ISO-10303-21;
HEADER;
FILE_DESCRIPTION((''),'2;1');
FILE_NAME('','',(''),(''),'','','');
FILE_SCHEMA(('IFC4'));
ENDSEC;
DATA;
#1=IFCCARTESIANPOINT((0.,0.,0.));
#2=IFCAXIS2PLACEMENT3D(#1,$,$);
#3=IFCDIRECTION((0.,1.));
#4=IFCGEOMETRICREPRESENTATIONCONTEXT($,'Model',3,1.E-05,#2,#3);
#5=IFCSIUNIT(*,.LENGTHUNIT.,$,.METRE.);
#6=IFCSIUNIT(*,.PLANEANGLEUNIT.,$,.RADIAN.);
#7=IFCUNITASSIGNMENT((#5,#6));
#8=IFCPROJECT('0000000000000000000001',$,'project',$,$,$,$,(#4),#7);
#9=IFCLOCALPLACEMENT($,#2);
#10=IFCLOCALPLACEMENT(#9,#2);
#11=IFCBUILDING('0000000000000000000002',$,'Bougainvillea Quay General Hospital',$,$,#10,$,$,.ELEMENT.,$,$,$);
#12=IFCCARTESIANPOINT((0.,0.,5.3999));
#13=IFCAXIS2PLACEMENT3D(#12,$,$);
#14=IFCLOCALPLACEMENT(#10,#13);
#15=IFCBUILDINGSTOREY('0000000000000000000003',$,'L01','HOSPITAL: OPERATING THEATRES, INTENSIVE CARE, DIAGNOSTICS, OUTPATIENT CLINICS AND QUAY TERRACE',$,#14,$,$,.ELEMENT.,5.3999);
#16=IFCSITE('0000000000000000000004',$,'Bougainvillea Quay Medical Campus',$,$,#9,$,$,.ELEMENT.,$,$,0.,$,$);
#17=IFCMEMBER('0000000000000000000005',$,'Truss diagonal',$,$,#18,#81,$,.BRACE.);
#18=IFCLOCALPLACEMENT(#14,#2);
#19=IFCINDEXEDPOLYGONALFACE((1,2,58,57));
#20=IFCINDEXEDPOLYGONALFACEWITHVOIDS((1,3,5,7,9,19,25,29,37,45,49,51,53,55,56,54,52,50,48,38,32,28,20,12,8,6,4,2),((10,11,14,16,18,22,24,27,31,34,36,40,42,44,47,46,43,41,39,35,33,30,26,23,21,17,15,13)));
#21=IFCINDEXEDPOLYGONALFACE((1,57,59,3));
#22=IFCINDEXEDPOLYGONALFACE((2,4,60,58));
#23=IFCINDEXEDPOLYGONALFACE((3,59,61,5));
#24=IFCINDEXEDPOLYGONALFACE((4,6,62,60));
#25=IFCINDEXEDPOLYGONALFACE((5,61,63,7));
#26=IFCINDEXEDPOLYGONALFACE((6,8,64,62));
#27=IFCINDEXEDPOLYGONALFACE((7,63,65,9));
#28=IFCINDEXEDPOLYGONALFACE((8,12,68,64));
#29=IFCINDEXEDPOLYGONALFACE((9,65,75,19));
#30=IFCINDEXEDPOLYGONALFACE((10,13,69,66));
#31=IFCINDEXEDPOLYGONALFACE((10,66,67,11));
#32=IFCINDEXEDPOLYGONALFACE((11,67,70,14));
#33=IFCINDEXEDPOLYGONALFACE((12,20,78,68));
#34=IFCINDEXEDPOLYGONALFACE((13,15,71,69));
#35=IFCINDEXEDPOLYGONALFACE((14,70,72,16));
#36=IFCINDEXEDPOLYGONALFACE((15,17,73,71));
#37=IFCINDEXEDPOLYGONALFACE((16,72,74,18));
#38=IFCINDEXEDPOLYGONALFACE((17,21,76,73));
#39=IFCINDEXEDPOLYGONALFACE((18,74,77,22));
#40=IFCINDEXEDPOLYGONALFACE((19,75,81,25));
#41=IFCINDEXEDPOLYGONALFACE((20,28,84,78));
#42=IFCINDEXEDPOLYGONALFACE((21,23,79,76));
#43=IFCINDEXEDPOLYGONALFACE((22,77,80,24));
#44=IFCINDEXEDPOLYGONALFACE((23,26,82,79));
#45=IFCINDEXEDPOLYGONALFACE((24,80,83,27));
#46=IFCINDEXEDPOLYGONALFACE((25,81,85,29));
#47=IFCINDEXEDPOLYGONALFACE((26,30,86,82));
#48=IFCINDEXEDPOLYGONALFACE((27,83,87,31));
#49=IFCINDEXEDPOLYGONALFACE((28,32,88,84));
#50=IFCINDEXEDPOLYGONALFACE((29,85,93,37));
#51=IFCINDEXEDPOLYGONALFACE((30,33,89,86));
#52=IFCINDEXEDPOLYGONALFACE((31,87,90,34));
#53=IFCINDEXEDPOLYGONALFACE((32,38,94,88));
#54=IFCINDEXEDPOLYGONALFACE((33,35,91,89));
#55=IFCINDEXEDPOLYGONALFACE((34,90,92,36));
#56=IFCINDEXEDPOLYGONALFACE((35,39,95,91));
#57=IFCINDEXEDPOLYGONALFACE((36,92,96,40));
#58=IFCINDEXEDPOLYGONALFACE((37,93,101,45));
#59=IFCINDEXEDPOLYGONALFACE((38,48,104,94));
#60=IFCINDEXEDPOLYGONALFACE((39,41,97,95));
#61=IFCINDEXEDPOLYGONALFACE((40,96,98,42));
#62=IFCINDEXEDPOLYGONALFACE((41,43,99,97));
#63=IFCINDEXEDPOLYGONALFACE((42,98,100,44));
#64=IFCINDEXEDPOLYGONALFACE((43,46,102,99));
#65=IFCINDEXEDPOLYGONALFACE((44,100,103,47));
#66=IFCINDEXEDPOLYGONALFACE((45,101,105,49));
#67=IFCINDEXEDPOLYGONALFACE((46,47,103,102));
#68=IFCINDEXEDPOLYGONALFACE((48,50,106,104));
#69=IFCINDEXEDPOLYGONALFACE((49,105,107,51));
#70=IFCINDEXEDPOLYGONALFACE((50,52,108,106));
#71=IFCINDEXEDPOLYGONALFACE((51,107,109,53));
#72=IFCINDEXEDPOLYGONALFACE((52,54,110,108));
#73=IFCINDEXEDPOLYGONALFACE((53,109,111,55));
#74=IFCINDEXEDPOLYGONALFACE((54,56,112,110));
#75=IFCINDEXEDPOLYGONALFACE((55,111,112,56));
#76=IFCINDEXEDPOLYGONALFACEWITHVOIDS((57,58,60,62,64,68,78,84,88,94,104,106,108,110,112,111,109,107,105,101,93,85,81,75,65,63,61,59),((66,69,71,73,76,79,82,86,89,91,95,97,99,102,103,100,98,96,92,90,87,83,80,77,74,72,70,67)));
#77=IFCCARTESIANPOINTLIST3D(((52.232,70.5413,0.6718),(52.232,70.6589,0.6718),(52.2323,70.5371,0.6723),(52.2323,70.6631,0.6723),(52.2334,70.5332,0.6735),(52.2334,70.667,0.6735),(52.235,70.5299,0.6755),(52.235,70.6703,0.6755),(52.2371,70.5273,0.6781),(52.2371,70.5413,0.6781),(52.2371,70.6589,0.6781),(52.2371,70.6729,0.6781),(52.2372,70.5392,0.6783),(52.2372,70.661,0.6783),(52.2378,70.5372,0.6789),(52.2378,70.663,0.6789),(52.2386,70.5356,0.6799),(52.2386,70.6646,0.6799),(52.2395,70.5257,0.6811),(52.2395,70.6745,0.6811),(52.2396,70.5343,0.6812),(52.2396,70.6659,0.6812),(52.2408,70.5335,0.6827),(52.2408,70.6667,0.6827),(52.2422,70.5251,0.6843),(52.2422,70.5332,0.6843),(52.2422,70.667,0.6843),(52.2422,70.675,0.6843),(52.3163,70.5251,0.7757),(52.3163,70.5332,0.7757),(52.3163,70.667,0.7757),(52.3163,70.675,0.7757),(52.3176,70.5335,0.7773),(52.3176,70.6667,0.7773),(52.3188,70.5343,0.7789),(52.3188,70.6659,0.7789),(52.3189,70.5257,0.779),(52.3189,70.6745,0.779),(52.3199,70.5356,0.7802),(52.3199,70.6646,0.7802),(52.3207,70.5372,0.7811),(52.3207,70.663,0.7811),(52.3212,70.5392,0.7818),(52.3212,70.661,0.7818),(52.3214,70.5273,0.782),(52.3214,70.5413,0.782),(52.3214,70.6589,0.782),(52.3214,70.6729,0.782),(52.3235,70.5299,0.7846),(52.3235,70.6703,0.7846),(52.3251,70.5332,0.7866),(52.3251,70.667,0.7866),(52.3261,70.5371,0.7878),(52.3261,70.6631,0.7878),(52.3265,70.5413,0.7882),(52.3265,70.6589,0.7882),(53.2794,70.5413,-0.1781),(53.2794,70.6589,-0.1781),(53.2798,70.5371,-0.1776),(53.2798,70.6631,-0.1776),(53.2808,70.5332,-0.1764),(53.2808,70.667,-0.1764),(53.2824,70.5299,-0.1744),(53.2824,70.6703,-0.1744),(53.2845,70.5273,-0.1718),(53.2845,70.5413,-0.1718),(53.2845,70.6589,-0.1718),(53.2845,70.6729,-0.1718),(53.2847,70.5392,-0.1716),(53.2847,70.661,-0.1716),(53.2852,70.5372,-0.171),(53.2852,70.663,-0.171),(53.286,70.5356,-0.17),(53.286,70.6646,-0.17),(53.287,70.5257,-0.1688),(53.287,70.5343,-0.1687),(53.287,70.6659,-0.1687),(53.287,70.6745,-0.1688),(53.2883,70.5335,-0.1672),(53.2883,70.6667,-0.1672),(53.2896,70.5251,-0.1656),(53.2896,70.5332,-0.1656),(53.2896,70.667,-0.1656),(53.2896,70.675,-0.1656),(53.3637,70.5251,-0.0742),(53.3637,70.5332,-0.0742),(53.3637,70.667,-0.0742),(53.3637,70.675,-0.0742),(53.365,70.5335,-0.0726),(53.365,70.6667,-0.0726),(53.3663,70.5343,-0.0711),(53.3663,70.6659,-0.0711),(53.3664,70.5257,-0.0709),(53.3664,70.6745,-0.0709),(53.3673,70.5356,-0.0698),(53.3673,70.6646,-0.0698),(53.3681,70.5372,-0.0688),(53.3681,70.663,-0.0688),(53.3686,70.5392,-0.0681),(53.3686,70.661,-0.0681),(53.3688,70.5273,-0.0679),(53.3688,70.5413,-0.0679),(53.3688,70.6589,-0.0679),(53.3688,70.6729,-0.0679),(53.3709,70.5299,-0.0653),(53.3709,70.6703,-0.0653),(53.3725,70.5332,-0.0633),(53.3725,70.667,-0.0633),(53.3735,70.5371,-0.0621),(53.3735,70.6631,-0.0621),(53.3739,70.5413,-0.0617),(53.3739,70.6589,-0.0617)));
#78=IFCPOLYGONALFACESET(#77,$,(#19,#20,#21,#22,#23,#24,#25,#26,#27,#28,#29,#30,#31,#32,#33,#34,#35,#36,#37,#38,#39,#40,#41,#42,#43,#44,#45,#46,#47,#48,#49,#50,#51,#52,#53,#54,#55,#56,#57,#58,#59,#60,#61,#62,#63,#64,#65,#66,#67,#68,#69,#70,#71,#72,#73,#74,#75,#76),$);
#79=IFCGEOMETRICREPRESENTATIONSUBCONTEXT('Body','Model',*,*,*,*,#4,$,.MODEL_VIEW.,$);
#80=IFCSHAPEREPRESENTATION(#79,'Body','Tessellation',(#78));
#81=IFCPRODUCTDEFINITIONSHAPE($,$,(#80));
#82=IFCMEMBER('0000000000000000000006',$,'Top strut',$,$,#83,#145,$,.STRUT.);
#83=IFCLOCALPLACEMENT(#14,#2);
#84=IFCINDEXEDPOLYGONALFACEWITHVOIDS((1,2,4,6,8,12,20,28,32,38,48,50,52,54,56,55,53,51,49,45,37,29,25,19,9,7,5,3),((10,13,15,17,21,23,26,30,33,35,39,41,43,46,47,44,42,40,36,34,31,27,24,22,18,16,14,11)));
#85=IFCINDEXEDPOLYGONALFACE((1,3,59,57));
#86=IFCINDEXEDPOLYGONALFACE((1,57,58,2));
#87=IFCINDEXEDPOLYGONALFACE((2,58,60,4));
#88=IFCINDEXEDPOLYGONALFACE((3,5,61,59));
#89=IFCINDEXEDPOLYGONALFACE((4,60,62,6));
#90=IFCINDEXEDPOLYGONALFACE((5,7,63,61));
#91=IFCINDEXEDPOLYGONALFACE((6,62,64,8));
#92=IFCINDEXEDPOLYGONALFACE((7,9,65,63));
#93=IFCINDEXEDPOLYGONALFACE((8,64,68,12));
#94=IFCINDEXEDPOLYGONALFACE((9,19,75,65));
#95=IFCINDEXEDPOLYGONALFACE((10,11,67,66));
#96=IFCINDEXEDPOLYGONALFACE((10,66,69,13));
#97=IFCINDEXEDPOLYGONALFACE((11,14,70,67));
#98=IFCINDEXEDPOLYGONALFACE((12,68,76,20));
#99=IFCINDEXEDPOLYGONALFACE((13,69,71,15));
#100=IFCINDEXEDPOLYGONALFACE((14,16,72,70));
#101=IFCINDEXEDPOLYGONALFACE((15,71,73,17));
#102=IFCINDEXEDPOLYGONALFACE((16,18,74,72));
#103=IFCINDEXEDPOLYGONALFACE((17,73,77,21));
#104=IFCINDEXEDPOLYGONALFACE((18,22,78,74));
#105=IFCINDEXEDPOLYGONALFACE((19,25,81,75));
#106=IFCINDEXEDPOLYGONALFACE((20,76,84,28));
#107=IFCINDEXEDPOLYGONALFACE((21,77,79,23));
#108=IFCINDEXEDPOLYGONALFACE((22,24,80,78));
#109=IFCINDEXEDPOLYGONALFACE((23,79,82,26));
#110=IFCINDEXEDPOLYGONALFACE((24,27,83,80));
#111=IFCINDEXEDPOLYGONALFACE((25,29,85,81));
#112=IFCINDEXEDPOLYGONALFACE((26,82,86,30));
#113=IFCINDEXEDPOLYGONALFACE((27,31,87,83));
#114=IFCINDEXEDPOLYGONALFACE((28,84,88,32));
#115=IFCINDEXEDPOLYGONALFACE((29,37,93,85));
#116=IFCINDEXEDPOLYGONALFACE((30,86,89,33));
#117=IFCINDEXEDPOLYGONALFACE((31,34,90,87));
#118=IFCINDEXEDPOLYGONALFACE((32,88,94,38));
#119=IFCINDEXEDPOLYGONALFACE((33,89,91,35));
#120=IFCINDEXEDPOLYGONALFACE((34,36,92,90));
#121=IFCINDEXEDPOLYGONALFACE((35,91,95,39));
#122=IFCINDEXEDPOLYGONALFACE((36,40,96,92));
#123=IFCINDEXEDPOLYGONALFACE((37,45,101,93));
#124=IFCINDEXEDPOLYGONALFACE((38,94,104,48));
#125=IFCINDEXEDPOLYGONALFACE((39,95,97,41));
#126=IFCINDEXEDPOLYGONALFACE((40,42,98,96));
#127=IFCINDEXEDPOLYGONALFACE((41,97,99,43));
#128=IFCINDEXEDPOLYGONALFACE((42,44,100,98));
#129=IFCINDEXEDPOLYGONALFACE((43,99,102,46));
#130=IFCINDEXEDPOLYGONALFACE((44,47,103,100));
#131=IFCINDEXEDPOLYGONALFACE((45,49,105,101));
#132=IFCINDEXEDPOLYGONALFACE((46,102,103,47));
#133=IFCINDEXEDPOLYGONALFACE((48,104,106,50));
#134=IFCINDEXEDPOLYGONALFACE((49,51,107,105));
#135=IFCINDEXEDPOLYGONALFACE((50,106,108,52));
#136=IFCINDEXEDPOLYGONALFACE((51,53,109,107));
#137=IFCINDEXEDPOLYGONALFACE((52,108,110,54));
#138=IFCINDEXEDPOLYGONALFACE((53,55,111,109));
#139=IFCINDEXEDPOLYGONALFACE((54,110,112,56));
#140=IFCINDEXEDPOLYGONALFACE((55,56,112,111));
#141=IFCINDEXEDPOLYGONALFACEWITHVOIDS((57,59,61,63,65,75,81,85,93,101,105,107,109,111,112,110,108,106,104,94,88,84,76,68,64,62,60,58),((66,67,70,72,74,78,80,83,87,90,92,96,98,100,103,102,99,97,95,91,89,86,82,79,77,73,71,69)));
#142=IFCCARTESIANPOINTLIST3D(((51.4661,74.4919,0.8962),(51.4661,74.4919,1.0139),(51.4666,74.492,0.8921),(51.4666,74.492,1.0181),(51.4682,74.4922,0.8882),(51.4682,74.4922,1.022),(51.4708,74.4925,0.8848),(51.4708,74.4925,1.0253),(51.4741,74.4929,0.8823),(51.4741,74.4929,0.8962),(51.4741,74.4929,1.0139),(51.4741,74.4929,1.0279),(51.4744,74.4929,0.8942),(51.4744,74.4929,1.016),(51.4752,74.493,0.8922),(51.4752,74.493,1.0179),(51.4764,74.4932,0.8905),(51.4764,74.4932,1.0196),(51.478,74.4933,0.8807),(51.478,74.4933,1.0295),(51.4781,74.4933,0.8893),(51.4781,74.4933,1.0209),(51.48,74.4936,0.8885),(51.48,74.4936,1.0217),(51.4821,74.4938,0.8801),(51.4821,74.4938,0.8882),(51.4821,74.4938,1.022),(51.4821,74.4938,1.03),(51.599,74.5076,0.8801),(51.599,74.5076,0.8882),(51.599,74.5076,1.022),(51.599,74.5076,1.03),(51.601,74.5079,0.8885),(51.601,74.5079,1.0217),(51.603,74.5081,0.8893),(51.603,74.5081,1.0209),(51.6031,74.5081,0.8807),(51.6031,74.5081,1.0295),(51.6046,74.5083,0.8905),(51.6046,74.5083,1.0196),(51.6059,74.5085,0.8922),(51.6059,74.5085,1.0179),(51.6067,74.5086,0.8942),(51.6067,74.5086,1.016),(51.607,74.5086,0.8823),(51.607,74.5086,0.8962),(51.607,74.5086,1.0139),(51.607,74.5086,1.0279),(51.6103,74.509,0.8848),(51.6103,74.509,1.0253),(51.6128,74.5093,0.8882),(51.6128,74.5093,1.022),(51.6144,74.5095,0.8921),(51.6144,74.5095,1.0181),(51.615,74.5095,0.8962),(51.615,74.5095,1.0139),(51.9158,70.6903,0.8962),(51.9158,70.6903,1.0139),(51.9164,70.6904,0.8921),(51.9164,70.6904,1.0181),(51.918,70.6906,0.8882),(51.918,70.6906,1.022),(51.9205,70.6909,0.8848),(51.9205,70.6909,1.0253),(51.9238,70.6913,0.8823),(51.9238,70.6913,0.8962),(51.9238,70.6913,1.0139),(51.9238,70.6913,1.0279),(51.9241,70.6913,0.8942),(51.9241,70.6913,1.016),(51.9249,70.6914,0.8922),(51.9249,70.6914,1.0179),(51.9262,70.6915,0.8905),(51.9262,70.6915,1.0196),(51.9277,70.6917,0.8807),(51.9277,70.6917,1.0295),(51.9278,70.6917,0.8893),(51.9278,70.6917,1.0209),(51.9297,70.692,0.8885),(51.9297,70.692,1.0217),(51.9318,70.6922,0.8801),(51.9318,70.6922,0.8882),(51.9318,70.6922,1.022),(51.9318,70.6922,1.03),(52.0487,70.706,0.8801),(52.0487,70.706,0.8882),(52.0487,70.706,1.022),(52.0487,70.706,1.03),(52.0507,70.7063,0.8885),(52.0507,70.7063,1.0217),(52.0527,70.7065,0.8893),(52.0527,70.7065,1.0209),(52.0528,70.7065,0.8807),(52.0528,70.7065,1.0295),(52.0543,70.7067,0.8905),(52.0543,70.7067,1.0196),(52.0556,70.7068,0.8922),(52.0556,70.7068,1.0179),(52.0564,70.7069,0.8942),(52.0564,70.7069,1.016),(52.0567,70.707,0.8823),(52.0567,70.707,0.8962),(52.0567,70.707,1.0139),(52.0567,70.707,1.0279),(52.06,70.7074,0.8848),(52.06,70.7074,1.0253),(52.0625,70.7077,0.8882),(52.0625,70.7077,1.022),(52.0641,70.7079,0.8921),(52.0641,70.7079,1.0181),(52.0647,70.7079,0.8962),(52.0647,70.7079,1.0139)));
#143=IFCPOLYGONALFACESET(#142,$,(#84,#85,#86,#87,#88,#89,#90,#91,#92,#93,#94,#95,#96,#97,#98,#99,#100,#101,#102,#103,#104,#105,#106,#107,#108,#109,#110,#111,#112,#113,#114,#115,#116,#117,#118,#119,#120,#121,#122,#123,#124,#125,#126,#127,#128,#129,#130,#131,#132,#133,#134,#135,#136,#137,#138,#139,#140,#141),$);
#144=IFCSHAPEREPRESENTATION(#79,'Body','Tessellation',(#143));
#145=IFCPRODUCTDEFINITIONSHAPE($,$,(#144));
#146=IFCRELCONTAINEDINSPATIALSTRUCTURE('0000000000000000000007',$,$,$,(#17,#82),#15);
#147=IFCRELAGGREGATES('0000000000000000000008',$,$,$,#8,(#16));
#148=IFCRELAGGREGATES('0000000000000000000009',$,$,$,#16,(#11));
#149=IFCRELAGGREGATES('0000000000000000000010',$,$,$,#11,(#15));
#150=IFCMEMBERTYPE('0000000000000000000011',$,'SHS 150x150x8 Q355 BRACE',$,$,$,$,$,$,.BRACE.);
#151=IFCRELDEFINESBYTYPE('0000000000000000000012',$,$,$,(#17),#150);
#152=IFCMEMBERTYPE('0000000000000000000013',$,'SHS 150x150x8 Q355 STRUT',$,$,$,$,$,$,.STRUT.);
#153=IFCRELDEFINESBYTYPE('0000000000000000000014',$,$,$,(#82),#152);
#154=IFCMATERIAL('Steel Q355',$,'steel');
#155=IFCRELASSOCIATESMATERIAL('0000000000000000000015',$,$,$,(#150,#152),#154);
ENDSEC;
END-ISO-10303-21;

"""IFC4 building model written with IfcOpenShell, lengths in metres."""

from ifc_helpers import new_model, si_unit, direction, frame, origin, origin_2d, place, context, subcontext, project, spatial, hollow_rectangle, extrude, material, material_profile, profile_set, type_object, element, save


model = new_model("IFC4")

# Units and contexts
model_context = context("Model", 3, precision=1e-05, world=origin(), true_north=direction((0.0, 1.0)))
body_context = subcontext(model_context, "Body", "Model", "MODEL_VIEW")
ifc_project = project(units=[si_unit("LENGTHUNIT", "METRE"), si_unit("PLANEANGLEUNIT", "RADIAN")], contexts=[model_context])

# Site, building, storey
site_placement = place(None, origin())
site = spatial("IfcSite", under=ifc_project, at=site_placement, Name="Bougainvillea Quay Medical Campus", CompositionType="ELEMENT", RefElevation=0.0)
building_placement = place(site_placement, origin())
building = spatial("IfcBuilding", under=site, at=building_placement, Name="Bougainvillea Quay General Hospital", CompositionType="ELEMENT")
storey_placement = place(building_placement, frame((0.0, 0.0, 5.3999)))
storey = spatial("IfcBuildingStorey", under=building, at=storey_placement, Name="L01", Description="HOSPITAL: OPERATING THEATRES, INTENSIVE CARE, DIAGNOSTICS, OUTPATIENT CLINICS AND QUAY TERRACE", CompositionType="ELEMENT", Elevation=5.3999)

# Members
ifc_material_1 = material(Name="Steel Q355", Category="steel")
ifc_material_profile_1 = material_profile(ifc_material_1, hollow_rectangle(XDim=0.1499, YDim=0.1499, WallThickness=0.0081, InnerFilletRadius=0.0081, OuterFilletRadius=0.0161, at=origin_2d()))
ifc_profile_set_1 = profile_set([ifc_material_profile_1], Name="Steel Q355")
member_type_1 = type_object("IfcMemberType", Name="SHS 150x150x8 Q355 BRACE", PredefinedType="BRACE", material=ifc_profile_set_1)
member_1_placement = place(storey_placement, frame((53.3267, 70.6001, -0.1199), z_axis=(-0.776524, 0.0, 0.630088), x_axis=(0.0, -1.0, 0.0)))
element("IfcMember", 1, at=member_1_placement, inside=storey, type_object=member_type_1, Name="Truss diagonal", PredefinedType="BRACE", context=body_context, shape_type="SweptSolid", body=[
    extrude(hollow_rectangle(XDim=0.1499, YDim=0.1499, WallThickness=0.0081, InnerFilletRadius=0.0081, OuterFilletRadius=0.0161, at=origin_2d()), origin(), (0.0, 0.0, 1.0), 1.3489),
])
ifc_material_profile_2 = material_profile(ifc_material_1, hollow_rectangle(XDim=0.1499, YDim=0.1499, WallThickness=0.0081, InnerFilletRadius=0.0081, OuterFilletRadius=0.0161, at=origin_2d()))
ifc_profile_set_2 = profile_set([ifc_material_profile_2], Name="Steel Q355")
member_type_2 = type_object("IfcMemberType", Name="SHS 150x150x8 Q355 STRUT", PredefinedType="STRUT", material=ifc_profile_set_2)
member_2_placement = place(storey_placement, frame((51.5405, 74.5007, 0.9551), z_axis=(0.117478, -0.993076, 0.0), x_axis=(0.993076, 0.117478, 0.0)))
element("IfcMember", 2, at=member_2_placement, inside=storey, type_object=member_type_2, Name="Top strut", PredefinedType="STRUT", context=body_context, shape_type="SweptSolid", body=[
    extrude(hollow_rectangle(XDim=0.1499, YDim=0.1499, WallThickness=0.0081, InnerFilletRadius=0.0081, OuterFilletRadius=0.0161, at=origin_2d()), origin(), (0.0, 0.0, 1.0), 3.8281),
])

save(model, "model.ifc")
